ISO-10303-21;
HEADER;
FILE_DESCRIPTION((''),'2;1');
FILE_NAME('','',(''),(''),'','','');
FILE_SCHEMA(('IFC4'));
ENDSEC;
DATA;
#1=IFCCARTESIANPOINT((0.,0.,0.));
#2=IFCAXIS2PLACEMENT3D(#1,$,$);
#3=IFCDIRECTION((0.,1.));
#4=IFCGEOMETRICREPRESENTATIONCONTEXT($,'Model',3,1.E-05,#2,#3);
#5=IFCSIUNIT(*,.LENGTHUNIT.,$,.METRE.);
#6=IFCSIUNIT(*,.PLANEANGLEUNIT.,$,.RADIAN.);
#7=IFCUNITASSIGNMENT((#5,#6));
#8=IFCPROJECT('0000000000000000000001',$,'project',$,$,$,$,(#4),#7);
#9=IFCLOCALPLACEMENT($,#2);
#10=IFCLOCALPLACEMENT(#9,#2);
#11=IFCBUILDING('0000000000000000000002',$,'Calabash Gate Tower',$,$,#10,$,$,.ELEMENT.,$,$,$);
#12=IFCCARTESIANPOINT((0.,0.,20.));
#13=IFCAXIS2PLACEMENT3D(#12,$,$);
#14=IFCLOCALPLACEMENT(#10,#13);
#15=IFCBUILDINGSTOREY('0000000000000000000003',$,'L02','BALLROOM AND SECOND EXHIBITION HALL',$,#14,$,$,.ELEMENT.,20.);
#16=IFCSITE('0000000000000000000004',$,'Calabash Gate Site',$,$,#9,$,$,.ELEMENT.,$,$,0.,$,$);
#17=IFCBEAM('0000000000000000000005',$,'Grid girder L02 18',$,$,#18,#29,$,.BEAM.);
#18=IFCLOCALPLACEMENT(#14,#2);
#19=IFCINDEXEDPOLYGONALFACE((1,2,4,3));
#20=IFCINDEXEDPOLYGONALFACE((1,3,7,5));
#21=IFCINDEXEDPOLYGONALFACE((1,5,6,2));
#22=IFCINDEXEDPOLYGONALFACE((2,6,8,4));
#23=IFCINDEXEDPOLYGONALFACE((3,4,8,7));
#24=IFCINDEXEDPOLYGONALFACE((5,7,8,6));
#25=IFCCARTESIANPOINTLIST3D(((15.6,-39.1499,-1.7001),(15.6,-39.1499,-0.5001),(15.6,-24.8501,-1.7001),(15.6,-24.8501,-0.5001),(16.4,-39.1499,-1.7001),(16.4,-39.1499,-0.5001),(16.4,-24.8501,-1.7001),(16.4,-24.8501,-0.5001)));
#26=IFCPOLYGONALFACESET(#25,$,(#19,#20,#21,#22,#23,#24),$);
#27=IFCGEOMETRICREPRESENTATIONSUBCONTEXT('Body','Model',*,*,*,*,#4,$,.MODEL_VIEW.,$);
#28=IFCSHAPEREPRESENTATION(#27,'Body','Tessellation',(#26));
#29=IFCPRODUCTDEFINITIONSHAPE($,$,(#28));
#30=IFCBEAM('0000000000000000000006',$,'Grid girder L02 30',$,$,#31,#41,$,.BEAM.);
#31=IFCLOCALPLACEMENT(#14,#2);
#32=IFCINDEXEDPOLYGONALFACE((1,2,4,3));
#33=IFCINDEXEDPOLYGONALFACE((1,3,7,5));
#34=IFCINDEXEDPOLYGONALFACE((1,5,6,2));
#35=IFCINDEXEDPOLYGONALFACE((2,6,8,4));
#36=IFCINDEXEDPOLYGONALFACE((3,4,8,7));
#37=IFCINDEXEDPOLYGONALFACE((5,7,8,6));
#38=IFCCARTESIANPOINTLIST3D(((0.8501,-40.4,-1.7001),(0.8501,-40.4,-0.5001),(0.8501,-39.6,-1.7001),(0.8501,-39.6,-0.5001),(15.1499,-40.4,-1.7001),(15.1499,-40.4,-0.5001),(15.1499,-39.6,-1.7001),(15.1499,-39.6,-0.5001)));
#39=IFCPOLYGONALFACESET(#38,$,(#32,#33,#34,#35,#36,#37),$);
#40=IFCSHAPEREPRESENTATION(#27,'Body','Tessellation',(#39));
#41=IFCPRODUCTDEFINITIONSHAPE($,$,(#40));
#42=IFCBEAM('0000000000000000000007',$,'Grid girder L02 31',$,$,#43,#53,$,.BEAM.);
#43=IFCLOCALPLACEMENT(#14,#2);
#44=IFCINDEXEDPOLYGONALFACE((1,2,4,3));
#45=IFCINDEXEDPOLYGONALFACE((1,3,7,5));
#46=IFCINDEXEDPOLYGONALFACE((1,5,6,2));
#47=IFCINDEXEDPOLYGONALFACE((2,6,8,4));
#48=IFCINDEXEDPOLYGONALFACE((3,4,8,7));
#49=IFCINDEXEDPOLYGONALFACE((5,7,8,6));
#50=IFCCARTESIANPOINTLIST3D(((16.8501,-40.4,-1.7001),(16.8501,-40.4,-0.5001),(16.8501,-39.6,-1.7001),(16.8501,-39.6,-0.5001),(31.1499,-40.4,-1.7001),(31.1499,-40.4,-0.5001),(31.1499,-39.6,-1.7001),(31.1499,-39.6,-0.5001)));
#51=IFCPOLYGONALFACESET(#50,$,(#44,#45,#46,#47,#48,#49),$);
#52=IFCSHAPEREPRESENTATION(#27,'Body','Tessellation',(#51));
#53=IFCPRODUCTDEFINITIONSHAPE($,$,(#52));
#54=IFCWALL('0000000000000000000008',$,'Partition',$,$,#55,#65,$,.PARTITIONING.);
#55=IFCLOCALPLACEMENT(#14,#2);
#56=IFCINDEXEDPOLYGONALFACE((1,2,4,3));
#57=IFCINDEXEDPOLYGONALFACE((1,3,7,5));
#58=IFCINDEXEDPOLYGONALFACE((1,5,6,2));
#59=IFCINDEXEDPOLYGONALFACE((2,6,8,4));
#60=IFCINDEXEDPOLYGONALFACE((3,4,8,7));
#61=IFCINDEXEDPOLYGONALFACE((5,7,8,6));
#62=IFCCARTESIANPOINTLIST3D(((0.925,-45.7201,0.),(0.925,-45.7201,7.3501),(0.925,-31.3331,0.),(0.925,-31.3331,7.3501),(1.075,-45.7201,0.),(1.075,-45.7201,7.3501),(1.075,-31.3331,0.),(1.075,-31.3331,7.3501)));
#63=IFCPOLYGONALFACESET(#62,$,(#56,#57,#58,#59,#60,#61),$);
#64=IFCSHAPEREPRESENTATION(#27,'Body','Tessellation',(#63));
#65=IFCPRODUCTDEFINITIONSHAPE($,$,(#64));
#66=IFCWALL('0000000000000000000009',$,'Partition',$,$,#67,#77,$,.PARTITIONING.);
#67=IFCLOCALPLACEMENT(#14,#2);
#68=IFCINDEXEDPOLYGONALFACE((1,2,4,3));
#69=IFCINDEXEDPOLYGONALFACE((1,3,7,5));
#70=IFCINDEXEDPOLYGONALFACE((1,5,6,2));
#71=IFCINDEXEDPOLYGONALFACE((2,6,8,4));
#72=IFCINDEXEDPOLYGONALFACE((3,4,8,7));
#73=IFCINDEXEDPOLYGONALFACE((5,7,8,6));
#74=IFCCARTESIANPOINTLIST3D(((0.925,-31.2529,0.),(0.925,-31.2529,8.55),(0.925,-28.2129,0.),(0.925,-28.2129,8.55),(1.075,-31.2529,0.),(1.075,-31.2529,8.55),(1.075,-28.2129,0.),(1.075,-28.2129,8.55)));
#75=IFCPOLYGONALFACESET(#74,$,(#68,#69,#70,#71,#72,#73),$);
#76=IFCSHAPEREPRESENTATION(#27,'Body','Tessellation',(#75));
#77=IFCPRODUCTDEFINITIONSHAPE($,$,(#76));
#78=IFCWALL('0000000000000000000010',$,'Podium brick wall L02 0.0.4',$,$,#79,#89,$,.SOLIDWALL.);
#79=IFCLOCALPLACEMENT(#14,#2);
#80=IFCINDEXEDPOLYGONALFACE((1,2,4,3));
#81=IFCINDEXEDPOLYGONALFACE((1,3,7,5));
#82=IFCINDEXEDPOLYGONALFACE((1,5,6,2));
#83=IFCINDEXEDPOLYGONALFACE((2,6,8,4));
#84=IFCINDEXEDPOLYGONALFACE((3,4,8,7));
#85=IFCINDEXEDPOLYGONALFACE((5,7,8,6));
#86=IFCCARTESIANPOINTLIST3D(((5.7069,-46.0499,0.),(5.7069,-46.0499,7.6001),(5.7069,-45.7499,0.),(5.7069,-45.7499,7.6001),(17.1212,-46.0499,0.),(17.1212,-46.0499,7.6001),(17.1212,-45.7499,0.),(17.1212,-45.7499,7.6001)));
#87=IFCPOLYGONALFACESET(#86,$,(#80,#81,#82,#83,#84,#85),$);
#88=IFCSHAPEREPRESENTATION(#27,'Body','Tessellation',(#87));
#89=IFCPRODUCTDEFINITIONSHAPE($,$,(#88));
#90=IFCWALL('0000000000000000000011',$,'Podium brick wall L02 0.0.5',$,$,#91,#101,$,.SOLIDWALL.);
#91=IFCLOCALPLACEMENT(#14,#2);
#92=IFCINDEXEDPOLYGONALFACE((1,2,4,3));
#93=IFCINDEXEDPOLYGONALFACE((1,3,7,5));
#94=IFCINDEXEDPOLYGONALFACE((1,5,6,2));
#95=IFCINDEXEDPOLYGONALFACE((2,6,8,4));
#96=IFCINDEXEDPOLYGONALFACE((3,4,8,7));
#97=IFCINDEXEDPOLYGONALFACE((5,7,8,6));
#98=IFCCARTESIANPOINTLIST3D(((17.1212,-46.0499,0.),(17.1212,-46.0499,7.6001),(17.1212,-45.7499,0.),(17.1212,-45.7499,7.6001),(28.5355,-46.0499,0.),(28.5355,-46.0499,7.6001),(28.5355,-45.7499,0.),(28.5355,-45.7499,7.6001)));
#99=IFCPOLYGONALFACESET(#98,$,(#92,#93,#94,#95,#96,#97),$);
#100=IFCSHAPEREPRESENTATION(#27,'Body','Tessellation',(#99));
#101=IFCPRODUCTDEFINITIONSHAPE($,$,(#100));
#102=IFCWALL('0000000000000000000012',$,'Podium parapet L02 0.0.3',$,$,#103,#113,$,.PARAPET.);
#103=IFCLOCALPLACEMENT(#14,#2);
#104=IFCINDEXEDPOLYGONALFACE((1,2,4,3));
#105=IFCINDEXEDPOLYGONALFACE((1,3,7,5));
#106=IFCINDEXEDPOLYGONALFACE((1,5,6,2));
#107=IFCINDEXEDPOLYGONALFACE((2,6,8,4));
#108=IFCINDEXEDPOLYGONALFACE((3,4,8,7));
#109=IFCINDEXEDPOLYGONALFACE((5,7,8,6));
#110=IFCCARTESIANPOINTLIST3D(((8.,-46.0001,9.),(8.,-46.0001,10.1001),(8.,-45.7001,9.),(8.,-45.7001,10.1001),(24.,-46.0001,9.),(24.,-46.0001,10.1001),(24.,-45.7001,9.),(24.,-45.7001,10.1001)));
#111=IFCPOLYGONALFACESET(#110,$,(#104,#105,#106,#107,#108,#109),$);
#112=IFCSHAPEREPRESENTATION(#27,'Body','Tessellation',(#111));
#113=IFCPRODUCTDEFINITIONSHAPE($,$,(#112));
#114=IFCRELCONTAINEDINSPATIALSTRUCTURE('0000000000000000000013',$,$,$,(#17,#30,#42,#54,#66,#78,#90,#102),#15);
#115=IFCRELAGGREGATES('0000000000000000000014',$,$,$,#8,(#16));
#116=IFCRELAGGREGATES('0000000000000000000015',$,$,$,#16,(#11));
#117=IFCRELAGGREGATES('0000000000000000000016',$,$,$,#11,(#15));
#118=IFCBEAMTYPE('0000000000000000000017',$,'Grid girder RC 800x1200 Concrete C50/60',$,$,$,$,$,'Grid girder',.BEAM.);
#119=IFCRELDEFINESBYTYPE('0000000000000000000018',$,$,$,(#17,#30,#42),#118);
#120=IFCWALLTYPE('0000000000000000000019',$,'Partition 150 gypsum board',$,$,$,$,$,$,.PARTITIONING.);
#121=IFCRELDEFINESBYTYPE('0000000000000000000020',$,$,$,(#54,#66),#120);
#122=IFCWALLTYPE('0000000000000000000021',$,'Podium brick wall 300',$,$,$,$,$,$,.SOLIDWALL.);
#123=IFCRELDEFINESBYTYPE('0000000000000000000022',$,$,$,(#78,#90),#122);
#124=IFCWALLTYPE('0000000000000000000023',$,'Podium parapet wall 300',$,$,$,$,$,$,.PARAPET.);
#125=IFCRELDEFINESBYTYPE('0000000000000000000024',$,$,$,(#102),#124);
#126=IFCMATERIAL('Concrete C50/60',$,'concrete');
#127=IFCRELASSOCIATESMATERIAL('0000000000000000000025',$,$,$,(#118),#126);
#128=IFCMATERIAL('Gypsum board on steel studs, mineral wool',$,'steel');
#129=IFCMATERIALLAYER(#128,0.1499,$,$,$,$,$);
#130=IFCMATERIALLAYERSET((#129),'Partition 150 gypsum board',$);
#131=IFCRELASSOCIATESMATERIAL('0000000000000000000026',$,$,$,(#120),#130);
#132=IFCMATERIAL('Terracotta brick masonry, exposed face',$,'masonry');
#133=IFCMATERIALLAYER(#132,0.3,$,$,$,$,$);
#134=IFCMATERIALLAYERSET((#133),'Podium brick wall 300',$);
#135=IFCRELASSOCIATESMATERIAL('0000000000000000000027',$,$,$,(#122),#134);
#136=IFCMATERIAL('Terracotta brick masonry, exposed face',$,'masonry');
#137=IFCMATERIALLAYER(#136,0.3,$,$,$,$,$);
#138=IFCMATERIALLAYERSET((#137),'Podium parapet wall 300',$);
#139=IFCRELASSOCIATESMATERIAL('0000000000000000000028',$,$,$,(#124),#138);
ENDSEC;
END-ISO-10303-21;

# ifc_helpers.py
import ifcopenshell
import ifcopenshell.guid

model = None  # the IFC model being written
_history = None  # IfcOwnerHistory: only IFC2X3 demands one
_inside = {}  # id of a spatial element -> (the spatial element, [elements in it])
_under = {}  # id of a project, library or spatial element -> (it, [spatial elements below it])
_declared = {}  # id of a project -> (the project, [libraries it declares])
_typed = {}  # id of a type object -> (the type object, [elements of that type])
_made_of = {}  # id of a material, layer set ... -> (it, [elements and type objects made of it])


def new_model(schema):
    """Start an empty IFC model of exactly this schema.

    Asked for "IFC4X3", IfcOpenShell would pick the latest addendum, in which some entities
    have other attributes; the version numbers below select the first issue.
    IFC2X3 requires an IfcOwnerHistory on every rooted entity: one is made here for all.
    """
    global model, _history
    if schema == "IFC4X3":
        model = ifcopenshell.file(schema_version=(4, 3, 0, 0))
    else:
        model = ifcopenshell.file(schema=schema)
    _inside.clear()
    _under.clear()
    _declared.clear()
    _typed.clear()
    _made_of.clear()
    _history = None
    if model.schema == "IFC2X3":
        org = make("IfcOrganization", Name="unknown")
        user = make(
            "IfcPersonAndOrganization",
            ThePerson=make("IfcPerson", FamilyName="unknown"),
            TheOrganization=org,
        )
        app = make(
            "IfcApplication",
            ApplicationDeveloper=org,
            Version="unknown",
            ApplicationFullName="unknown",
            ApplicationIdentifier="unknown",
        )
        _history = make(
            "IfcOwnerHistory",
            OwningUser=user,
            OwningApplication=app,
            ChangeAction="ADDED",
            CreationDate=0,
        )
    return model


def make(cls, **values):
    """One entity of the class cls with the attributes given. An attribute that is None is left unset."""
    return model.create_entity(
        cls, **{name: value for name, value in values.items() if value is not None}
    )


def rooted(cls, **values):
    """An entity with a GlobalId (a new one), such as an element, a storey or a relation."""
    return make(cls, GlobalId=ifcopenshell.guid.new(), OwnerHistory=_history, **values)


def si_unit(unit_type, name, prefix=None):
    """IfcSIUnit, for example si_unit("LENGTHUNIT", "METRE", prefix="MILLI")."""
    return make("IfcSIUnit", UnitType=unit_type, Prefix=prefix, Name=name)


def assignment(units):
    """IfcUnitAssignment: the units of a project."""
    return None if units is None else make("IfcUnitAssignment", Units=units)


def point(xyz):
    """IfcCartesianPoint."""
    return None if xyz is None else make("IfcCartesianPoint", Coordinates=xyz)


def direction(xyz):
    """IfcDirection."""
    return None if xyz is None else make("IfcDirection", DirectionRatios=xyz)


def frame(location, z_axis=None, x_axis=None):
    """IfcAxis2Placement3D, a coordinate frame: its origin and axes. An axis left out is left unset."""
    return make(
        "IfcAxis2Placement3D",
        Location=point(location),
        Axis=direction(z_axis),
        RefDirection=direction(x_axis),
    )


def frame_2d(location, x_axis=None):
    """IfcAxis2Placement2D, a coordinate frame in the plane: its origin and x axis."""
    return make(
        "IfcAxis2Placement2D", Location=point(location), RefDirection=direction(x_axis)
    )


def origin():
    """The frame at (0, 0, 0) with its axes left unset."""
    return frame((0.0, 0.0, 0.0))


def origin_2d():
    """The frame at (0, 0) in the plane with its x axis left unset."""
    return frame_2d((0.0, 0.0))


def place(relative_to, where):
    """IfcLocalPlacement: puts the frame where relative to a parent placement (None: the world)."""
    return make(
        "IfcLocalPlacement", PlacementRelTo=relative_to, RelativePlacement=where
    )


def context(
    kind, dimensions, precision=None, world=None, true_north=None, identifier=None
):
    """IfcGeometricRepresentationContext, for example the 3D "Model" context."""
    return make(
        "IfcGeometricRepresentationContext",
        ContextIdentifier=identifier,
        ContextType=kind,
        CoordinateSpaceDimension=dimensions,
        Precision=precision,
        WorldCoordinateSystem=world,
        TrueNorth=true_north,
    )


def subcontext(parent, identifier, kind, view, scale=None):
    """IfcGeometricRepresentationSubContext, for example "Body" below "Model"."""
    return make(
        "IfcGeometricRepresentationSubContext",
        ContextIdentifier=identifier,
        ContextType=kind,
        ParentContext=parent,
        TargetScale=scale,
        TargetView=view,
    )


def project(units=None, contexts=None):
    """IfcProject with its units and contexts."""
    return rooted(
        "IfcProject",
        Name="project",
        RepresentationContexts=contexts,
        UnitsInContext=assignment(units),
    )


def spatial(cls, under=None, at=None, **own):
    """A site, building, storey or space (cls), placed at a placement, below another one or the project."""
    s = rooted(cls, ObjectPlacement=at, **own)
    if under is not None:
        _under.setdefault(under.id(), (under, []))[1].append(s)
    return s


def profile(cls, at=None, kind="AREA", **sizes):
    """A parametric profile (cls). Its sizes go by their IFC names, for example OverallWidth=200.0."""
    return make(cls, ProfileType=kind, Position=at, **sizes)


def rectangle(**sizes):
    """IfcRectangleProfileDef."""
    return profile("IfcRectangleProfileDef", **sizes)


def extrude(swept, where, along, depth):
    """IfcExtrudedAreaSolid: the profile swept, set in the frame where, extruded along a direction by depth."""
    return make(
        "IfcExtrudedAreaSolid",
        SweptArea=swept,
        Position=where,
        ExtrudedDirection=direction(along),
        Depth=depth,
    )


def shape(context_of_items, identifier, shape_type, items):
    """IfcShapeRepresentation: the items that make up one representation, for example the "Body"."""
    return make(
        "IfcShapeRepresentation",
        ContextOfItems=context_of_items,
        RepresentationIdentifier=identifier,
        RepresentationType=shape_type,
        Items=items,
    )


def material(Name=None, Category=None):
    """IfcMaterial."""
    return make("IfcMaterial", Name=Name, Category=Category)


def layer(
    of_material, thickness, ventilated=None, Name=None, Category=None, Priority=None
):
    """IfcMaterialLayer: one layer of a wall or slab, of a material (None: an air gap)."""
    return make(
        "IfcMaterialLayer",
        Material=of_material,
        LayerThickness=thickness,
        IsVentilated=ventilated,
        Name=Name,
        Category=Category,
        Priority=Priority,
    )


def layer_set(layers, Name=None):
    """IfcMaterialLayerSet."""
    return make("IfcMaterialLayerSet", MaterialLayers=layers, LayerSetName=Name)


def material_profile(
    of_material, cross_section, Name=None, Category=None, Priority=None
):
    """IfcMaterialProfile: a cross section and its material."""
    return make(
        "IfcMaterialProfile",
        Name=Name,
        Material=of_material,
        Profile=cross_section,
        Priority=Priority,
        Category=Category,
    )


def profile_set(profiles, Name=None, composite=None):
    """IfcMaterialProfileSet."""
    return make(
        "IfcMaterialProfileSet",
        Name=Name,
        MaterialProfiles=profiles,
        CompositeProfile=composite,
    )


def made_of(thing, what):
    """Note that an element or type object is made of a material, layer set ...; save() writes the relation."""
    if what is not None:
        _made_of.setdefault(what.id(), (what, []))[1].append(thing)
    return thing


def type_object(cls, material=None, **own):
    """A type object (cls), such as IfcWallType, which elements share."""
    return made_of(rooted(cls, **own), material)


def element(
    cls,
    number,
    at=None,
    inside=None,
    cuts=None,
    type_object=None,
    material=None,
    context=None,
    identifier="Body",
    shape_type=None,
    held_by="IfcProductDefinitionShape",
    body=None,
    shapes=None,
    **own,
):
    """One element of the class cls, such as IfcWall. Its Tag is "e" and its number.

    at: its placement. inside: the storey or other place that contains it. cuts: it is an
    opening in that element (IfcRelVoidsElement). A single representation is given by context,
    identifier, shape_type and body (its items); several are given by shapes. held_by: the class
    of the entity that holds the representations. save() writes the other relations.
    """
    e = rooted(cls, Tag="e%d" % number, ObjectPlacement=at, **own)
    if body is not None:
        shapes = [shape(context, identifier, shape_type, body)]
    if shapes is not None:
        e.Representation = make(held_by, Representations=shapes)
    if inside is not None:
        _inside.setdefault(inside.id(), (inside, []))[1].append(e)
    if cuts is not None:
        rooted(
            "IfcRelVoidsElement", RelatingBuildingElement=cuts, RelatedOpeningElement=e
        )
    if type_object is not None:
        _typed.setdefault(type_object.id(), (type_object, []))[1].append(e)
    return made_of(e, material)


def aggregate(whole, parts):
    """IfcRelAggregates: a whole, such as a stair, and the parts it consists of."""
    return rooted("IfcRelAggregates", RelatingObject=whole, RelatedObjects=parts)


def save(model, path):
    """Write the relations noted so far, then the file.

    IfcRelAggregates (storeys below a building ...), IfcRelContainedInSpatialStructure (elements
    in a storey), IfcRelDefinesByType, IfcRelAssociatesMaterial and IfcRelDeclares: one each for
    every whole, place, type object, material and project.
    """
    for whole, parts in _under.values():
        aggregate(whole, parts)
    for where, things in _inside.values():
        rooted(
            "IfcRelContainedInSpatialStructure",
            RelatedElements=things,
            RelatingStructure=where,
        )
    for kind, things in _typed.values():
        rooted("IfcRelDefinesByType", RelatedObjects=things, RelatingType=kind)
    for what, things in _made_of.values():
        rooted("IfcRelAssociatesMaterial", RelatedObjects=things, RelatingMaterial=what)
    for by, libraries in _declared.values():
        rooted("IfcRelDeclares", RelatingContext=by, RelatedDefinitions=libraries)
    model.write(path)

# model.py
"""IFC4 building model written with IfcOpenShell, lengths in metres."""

from ifc_helpers import new_model, si_unit, direction, frame, frame_2d, origin, origin_2d, place, context, subcontext, project, spatial, rectangle, extrude, material, layer, layer_set, material_profile, profile_set, type_object, element, save


model = new_model("IFC4")

# Units and contexts
model_context = context("Model", 3, precision=1e-05, world=origin(), true_north=direction((0.0, 1.0)))
body_context = subcontext(model_context, "Body", "Model", "MODEL_VIEW")
ifc_project = project(units=[si_unit("LENGTHUNIT", "METRE"), si_unit("PLANEANGLEUNIT", "RADIAN")], contexts=[model_context])

# Site, building, storey
site_placement = place(None, origin())
site = spatial("IfcSite", under=ifc_project, at=site_placement, Name="Calabash Gate Site", CompositionType="ELEMENT", RefElevation=0.0)
building_placement = place(site_placement, origin())
building = spatial("IfcBuilding", under=site, at=building_placement, Name="Calabash Gate Tower", CompositionType="ELEMENT")
storey_placement = place(building_placement, frame((0.0, 0.0, 20.0)))
storey = spatial("IfcBuildingStorey", under=building, at=storey_placement, Name="L02", Description="BALLROOM AND SECOND EXHIBITION HALL", CompositionType="ELEMENT", Elevation=20.0)

# Beams
ifc_material_1 = material(Name="Concrete C50/60", Category="concrete")
ifc_material_profile_1 = material_profile(ifc_material_1, rectangle(XDim=0.8, YDim=1.2, at=origin_2d()))
ifc_profile_set_1 = profile_set([ifc_material_profile_1], Name="Concrete C50/60")
beam_type_1 = type_object("IfcBeamType", Name="Grid girder RC 800x1200 Concrete C50/60", ElementType="Grid girder", PredefinedType="BEAM", material=ifc_profile_set_1)
for number, where, z_axis, x_axis, name in (
    (1, (16.0, -39.1499, -1.1001), (0.0, 1.0, 0.0), (-1.0, 0.0, 0.0), "Grid girder L02 18"),
    (2, (0.8501, -40.0, -1.1001), (1.0, 0.0, 0.0), (0.0, 1.0, 0.0), "Grid girder L02 30"),
    (3, (16.8501, -40.0, -1.1001), (1.0, 0.0, 0.0), (0.0, 1.0, 0.0), "Grid girder L02 31"),
):
    element("IfcBeam", number, at=place(storey_placement, frame(where, z_axis=z_axis, x_axis=x_axis)), inside=storey, type_object=beam_type_1, Name=name, PredefinedType="BEAM", context=body_context, shape_type="SweptSolid", body=[
        extrude(rectangle(XDim=0.8, YDim=1.2, at=origin_2d()), origin(), (0.0, 0.0, 1.0), 14.2998),
    ])

# Walls
ifc_material_2 = material(Name="Gypsum board on steel studs, mineral wool", Category="steel")
ifc_layer_1 = layer(ifc_material_2, 0.1499)
ifc_layer_set_1 = layer_set([ifc_layer_1], Name="Partition 150 gypsum board")
wall_type_1 = type_object("IfcWallType", Name="Partition 150 gypsum board", PredefinedType="PARTITIONING", material=ifc_layer_set_1)
wall_1_placement = place(storey_placement, frame((1.0, -45.72, 0.0), z_axis=(0.0, 0.0, 1.0), x_axis=(0.0, 1.0, 0.0)))
element("IfcWall", 4, at=wall_1_placement, inside=storey, type_object=wall_type_1, Name="Partition", PredefinedType="PARTITIONING", context=body_context, shape_type="SweptSolid", body=[
    extrude(rectangle(XDim=14.387, YDim=0.1499, at=frame_2d((7.1934, 0.0))), origin(), (0.0, 0.0, 1.0), 7.3501),
])
wall_2_placement = place(storey_placement, frame((1.0, -31.2529, 0.0), z_axis=(0.0, 0.0, 1.0), x_axis=(0.0, 1.0, 0.0)))
element("IfcWall", 5, at=wall_2_placement, inside=storey, type_object=wall_type_1, Name="Partition", PredefinedType="PARTITIONING", context=body_context, shape_type="SweptSolid", body=[
    extrude(rectangle(XDim=3.04, YDim=0.1499, at=frame_2d((1.52, 0.0))), origin(), (0.0, 0.0, 1.0), 8.55),
])
ifc_material_3 = material(Name="Terracotta brick masonry, exposed face", Category="masonry")
ifc_layer_2 = layer(ifc_material_3, 0.3)
ifc_layer_set_2 = layer_set([ifc_layer_2], Name="Podium brick wall 300")
wall_type_2 = type_object("IfcWallType", Name="Podium brick wall 300", PredefinedType="SOLIDWALL", material=ifc_layer_set_2)
for number, where, z_axis, x_axis, name in (
    (6, (5.707, -45.8999, 0.0), (0.0, 0.0, 1.0), (1.0, 0.0, 0.0), "Podium brick wall L02 0.0.4"),
    (7, (17.1213, -45.8999, 0.0), (0.0, 0.0, 1.0), (1.0, 0.0, 0.0), "Podium brick wall L02 0.0.5"),
):
    element("IfcWall", number, at=place(storey_placement, frame(where, z_axis=z_axis, x_axis=x_axis)), inside=storey, type_object=wall_type_2, Name=name, PredefinedType="SOLIDWALL", context=body_context, shape_type="SweptSolid", body=[
        extrude(rectangle(XDim=11.4143, YDim=0.3, at=frame_2d((5.707, 0.0))), origin(), (0.0, 0.0, 1.0), 7.6001),
    ])
ifc_material_4 = material(Name="Terracotta brick masonry, exposed face", Category="masonry")
ifc_layer_3 = layer(ifc_material_4, 0.3)
ifc_layer_set_3 = layer_set([ifc_layer_3], Name="Podium parapet wall 300")
wall_type_3 = type_object("IfcWallType", Name="Podium parapet wall 300", PredefinedType="PARAPET", material=ifc_layer_set_3)
wall_3_placement = place(storey_placement, frame((8.0, -45.8501, 9.0), z_axis=(0.0, 0.0, 1.0), x_axis=(1.0, 0.0, 0.0)))
element("IfcWall", 8, at=wall_3_placement, inside=storey, type_object=wall_type_3, Name="Podium parapet L02 0.0.3", PredefinedType="PARAPET", context=body_context, shape_type="SweptSolid", body=[
    extrude(rectangle(XDim=16.0, YDim=0.3, at=frame_2d((8.0, 0.0))), origin(), (0.0, 0.0, 1.0), 1.1001),
])

save(model, "model.ifc")
